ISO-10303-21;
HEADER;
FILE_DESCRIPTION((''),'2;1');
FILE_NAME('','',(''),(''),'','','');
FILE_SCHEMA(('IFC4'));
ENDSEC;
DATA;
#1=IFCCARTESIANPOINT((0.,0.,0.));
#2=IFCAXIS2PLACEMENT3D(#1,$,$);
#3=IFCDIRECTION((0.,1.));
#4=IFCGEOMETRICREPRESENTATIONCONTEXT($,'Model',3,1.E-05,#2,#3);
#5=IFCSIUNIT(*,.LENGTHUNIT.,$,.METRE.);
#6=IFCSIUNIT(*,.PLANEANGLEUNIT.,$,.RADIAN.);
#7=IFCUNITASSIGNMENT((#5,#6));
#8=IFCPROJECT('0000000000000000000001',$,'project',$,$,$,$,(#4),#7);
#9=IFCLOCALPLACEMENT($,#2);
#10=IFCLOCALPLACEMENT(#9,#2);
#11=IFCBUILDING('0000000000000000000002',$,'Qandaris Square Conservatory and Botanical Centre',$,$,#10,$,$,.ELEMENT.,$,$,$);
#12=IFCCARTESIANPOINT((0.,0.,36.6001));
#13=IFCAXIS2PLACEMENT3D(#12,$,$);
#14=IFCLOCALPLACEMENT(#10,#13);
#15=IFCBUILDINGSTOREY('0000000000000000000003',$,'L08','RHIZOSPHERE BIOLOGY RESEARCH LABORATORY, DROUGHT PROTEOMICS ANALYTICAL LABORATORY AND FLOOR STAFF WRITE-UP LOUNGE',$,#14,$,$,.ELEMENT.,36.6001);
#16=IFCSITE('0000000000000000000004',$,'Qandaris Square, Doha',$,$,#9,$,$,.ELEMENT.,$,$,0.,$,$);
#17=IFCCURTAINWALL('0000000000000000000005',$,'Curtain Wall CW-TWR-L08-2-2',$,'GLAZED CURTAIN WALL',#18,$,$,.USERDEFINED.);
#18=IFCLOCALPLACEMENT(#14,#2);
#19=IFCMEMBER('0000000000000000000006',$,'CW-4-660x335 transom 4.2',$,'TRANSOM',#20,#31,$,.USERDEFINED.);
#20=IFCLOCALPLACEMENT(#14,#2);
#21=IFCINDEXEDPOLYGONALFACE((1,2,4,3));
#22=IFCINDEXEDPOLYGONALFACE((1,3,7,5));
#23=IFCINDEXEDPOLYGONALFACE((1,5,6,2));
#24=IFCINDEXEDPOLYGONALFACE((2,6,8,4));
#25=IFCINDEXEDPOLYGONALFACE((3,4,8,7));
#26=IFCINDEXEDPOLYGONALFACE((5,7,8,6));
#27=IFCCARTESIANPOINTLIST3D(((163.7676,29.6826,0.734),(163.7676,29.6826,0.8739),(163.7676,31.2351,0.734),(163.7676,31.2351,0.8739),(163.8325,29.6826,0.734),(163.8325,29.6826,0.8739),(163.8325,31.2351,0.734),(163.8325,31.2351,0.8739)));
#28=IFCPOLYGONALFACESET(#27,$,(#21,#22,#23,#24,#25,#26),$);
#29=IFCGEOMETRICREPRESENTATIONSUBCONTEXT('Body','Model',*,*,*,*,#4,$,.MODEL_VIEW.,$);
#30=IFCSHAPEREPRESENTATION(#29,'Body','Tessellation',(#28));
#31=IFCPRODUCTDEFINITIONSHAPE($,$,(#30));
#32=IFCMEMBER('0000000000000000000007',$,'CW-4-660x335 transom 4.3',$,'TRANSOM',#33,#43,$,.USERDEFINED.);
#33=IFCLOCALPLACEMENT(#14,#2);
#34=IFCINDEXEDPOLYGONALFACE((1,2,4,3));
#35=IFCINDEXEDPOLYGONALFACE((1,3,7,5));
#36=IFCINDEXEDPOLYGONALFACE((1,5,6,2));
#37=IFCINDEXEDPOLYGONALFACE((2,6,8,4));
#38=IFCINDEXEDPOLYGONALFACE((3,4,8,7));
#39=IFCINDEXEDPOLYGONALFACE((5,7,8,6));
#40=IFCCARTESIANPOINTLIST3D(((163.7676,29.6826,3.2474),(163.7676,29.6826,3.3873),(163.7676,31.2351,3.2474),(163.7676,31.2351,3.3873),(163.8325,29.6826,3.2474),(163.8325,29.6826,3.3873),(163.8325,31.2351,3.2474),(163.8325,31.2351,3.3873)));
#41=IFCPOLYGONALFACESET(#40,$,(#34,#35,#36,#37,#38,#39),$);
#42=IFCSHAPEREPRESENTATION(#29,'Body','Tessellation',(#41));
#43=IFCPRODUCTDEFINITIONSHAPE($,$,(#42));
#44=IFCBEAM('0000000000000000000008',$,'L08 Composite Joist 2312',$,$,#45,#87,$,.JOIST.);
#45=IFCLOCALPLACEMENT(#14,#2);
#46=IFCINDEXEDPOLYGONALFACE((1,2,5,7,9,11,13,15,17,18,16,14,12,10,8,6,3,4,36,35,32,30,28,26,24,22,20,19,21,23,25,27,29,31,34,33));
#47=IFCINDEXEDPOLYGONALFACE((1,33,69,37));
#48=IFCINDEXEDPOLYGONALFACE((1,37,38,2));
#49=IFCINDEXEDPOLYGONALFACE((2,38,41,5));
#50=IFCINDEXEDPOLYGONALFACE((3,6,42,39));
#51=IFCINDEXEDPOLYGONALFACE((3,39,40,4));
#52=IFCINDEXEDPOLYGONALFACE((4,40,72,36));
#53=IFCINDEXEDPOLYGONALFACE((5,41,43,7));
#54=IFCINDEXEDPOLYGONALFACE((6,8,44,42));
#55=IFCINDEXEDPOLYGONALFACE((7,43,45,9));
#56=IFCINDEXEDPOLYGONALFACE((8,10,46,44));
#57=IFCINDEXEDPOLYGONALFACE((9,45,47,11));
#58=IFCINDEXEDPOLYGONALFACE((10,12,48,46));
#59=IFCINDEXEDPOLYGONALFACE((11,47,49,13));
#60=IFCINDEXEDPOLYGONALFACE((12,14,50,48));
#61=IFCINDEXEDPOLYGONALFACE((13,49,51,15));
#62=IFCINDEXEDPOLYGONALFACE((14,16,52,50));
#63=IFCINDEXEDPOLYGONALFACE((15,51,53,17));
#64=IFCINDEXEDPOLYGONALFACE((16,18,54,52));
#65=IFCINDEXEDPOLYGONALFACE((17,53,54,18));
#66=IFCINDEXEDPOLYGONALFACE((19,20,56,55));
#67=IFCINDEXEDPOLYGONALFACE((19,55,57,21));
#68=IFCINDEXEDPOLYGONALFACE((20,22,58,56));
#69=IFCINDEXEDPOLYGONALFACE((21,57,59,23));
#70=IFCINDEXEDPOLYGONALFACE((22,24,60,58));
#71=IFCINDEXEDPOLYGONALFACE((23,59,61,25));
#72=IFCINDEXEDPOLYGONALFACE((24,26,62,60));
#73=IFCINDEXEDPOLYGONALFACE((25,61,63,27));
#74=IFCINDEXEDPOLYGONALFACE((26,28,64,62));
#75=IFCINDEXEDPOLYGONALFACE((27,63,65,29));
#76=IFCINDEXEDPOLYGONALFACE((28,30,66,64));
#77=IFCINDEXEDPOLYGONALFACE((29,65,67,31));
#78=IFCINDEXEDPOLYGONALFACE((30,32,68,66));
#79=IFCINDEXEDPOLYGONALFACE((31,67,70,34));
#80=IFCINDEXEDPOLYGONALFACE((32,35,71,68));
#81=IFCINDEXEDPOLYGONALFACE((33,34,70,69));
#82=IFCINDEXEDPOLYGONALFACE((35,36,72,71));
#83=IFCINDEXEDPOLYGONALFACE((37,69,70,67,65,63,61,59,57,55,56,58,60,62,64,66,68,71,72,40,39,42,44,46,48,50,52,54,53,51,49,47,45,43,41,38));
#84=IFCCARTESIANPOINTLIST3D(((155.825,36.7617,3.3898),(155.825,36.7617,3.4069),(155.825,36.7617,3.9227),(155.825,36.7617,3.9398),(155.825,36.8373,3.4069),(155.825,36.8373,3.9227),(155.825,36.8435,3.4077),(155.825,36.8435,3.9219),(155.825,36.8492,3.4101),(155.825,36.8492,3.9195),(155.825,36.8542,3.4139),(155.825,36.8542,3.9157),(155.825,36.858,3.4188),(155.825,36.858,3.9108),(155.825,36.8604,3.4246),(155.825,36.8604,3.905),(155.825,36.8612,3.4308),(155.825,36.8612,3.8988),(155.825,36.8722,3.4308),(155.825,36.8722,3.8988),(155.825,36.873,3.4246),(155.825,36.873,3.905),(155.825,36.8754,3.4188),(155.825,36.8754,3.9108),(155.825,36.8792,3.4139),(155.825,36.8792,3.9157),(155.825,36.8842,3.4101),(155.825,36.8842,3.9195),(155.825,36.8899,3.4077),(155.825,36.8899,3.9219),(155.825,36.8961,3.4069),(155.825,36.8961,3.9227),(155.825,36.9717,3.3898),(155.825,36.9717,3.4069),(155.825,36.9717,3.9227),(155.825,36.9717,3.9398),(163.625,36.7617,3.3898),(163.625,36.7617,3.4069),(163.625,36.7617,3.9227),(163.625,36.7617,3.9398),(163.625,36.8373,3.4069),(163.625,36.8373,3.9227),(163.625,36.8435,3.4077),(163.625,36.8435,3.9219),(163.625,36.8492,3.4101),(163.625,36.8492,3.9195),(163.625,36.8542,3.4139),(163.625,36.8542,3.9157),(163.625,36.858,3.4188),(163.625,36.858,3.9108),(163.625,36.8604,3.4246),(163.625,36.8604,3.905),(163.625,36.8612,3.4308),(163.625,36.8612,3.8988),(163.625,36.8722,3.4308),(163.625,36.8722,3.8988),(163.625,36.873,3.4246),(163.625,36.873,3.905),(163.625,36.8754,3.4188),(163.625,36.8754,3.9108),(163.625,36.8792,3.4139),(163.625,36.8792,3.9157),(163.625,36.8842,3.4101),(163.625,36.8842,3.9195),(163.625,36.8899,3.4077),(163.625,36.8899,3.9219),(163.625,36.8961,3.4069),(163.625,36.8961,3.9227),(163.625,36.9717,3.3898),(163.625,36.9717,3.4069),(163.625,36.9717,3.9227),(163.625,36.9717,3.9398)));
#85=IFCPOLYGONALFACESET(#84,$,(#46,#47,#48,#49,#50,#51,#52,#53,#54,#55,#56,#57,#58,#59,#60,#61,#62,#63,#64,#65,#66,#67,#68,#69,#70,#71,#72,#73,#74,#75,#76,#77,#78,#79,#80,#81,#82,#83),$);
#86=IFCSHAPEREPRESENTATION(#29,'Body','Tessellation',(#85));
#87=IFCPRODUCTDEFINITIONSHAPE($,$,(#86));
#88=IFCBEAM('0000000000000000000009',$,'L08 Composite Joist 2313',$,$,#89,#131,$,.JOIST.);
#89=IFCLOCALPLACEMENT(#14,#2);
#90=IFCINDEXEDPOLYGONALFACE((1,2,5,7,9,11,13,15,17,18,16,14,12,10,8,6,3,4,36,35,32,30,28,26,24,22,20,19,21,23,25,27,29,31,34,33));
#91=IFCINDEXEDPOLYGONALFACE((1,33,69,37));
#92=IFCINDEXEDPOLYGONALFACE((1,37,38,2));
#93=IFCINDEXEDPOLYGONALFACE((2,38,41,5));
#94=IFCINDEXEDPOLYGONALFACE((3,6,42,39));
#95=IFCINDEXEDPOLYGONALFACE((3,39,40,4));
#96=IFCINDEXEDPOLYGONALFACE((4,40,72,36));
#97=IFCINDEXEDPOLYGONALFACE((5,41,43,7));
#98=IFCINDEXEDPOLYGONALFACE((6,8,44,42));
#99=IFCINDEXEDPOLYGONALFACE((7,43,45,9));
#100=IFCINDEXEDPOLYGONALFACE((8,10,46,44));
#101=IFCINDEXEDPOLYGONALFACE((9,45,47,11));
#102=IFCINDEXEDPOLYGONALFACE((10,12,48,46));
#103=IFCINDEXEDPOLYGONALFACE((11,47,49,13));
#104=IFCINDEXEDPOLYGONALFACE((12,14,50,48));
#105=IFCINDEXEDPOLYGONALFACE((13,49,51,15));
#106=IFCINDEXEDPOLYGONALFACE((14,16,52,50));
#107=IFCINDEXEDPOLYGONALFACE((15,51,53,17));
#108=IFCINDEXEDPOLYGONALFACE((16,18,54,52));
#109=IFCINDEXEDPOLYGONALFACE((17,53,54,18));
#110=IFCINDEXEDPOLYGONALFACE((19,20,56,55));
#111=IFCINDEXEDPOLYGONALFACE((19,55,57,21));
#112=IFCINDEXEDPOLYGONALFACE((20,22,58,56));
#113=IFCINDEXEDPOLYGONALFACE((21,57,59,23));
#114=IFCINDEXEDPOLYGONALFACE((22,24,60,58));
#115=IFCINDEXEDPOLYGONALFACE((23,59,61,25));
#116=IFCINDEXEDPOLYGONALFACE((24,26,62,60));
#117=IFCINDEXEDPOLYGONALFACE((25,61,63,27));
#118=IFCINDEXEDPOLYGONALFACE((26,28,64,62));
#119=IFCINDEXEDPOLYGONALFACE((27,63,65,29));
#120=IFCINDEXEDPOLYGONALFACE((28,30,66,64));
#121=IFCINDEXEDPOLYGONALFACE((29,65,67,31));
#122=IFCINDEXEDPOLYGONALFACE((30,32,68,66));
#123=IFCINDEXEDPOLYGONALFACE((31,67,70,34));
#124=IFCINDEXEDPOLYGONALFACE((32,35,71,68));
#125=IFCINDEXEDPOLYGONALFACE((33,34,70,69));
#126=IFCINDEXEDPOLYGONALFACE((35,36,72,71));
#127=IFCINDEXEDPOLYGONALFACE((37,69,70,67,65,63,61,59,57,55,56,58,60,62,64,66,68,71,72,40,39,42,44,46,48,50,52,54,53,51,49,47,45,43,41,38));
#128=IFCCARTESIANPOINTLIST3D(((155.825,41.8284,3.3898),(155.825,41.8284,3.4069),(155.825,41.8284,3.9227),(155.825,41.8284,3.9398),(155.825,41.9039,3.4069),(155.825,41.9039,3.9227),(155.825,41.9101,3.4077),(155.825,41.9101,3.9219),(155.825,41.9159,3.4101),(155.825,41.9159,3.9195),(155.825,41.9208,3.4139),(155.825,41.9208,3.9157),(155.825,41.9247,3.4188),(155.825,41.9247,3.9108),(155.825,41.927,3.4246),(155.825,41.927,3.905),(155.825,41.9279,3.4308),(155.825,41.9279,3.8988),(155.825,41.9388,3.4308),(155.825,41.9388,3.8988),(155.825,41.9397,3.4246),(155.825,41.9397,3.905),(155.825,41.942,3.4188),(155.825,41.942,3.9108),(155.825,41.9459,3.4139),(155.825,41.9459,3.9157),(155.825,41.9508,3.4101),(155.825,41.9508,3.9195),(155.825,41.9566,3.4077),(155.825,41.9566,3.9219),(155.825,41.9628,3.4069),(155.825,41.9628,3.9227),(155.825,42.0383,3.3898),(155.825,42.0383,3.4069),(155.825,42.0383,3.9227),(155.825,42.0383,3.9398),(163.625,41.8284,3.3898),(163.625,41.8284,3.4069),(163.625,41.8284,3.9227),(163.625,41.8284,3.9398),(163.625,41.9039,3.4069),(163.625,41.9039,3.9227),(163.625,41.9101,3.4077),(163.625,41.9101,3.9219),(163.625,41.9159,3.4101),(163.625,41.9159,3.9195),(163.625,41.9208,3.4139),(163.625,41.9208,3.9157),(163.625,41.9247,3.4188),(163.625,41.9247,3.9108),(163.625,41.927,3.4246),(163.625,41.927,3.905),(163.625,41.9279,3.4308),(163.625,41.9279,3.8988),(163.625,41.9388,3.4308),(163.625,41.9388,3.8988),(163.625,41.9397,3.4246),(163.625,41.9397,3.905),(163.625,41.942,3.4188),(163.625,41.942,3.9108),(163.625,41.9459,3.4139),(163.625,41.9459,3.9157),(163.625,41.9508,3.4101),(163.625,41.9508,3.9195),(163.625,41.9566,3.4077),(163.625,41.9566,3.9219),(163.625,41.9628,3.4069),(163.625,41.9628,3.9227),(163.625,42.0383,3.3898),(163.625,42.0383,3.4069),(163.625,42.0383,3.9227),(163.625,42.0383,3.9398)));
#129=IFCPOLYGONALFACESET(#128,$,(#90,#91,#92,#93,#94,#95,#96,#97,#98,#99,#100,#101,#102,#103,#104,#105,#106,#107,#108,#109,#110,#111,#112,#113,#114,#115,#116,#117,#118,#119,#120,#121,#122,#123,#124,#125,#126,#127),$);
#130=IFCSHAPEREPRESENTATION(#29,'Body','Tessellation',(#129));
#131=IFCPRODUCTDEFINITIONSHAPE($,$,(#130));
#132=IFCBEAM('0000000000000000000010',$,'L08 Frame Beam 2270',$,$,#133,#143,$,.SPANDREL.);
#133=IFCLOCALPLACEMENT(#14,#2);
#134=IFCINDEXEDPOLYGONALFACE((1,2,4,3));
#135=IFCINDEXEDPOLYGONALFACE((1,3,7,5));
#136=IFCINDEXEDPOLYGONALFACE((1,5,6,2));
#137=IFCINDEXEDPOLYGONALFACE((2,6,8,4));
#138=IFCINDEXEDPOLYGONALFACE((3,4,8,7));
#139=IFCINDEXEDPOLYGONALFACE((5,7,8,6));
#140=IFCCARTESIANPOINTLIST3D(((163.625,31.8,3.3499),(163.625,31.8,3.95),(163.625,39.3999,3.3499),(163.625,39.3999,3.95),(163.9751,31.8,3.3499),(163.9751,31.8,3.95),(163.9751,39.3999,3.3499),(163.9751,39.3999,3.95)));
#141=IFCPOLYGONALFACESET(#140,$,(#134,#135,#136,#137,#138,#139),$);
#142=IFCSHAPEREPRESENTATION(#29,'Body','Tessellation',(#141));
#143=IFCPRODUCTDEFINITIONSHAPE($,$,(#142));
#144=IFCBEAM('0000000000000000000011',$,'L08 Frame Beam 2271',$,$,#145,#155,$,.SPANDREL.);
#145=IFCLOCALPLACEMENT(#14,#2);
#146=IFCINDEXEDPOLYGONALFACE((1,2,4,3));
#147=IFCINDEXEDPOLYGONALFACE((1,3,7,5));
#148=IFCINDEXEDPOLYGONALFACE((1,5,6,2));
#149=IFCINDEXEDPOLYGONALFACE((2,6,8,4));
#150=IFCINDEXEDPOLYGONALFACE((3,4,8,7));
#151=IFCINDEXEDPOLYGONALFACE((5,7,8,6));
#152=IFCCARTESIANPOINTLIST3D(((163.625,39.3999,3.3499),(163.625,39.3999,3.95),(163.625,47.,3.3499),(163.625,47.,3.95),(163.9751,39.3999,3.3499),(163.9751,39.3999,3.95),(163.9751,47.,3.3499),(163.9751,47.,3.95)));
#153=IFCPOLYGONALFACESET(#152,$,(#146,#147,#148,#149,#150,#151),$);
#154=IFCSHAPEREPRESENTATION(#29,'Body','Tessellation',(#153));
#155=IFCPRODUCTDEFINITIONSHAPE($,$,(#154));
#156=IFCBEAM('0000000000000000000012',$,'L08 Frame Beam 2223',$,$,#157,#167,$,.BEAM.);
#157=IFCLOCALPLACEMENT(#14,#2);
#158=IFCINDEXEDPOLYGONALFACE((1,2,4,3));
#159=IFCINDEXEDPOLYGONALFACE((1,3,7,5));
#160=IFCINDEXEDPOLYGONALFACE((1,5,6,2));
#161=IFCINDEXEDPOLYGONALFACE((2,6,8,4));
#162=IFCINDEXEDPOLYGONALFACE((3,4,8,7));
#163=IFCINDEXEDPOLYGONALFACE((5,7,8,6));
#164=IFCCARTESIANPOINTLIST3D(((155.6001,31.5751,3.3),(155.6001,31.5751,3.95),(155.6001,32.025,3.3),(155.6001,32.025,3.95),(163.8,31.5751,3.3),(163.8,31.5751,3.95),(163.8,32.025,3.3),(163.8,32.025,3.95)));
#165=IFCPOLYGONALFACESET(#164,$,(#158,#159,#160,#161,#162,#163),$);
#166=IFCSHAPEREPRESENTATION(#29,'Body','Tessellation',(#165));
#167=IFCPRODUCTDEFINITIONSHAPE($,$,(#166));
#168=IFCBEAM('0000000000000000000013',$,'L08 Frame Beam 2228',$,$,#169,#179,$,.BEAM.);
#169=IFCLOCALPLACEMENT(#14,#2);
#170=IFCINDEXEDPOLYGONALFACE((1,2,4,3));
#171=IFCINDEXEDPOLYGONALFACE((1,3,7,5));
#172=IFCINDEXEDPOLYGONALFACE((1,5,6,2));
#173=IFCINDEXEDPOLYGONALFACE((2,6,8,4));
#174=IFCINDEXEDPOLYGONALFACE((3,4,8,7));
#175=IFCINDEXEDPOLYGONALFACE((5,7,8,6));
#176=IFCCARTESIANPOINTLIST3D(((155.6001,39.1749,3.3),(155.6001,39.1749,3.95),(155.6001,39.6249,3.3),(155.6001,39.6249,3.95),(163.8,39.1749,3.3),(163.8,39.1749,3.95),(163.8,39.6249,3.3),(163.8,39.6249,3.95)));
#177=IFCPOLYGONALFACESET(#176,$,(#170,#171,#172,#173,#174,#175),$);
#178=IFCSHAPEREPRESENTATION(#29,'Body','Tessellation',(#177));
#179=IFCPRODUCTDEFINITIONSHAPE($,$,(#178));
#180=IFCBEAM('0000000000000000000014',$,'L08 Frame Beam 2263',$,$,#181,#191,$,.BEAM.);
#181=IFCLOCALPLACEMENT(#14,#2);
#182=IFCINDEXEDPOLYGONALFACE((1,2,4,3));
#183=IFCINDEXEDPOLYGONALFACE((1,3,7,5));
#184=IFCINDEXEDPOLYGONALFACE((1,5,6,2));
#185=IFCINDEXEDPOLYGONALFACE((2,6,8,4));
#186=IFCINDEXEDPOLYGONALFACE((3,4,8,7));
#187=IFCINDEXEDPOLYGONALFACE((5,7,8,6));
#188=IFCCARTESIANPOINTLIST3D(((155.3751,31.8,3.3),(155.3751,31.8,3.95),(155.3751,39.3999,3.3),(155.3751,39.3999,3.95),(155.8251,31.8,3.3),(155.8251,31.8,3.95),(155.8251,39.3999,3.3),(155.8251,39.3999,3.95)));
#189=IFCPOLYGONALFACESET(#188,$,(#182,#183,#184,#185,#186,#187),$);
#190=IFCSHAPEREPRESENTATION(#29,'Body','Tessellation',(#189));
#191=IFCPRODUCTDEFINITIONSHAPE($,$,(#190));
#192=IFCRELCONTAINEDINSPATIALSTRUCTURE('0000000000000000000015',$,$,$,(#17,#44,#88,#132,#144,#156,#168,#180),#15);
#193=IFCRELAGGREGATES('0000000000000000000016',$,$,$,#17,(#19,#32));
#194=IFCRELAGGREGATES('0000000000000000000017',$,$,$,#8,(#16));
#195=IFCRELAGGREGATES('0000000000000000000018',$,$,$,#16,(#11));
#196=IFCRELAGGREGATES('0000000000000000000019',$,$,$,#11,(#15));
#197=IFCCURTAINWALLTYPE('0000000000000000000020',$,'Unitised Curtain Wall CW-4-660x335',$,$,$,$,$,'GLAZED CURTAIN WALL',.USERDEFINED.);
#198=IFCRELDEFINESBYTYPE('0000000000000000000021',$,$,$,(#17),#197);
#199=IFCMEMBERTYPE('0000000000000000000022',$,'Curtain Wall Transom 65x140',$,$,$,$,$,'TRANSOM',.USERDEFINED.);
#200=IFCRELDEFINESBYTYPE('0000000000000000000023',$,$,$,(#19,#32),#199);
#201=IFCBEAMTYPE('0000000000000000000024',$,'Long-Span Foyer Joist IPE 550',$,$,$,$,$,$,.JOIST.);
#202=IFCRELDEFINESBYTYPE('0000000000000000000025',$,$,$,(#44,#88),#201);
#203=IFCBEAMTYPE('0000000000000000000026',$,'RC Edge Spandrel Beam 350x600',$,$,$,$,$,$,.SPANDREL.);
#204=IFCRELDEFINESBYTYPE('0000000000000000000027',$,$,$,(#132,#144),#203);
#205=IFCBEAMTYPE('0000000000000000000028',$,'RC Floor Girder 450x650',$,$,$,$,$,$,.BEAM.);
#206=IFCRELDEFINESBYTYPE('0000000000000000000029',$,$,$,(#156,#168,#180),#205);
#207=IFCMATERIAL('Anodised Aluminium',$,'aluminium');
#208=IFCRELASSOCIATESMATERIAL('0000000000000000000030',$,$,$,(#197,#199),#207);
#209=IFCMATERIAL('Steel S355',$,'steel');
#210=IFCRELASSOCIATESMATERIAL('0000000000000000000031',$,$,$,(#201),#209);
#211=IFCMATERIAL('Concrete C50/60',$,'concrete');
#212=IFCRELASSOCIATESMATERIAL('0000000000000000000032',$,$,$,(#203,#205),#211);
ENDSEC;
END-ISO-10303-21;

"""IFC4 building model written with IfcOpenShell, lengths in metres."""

from ifc_helpers import new_model, si_unit, direction, frame, origin, origin_2d, place, context, subcontext, project, spatial, rectangle, i_section, extrude, material, material_profile, profile_set, type_object, element, aggregate, save


model = new_model("IFC4")

# Units and contexts
model_context = context("Model", 3, precision=1e-05, world=origin(), true_north=direction((0.0, 1.0)))
body_context = subcontext(model_context, "Body", "Model", "MODEL_VIEW")
ifc_project = project(units=[si_unit("LENGTHUNIT", "METRE"), si_unit("PLANEANGLEUNIT", "RADIAN")], contexts=[model_context])

# Site, building, storey
site_placement = place(None, origin())
site = spatial("IfcSite", under=ifc_project, at=site_placement, Name="Qandaris Square, Doha", CompositionType="ELEMENT", RefElevation=0.0)
building_placement = place(site_placement, origin())
building = spatial("IfcBuilding", under=site, at=building_placement, Name="Qandaris Square Conservatory and Botanical Centre", CompositionType="ELEMENT")
storey_placement = place(building_placement, frame((0.0, 0.0, 36.6001)))
storey = spatial("IfcBuildingStorey", under=building, at=storey_placement, Name="L08", Description="RHIZOSPHERE BIOLOGY RESEARCH LABORATORY, DROUGHT PROTEOMICS ANALYTICAL LABORATORY AND FLOOR STAFF WRITE-UP LOUNGE", CompositionType="ELEMENT", Elevation=36.6001)

# Shared definitions
ifc_material_1 = material(Name="Concrete C50/60", Category="concrete")

# Shared definitions
ifc_material_2 = material(Name="Steel S355", Category="steel")

# Curtain wall, members
ifc_material_3 = material(Name="Anodised Aluminium", Category="aluminium")
curtain_wall_type = type_object("IfcCurtainWallType", Name="Unitised Curtain Wall CW-4-660x335", ElementType="GLAZED CURTAIN WALL", PredefinedType="USERDEFINED", material=ifc_material_3)
curtain_wall_placement = place(storey_placement, origin())
curtain_wall = element("IfcCurtainWall", 1, at=curtain_wall_placement, inside=storey, type_object=curtain_wall_type, Name="Curtain Wall CW-TWR-L08-2-2", ObjectType="GLAZED CURTAIN WALL", PredefinedType="USERDEFINED")
ifc_material_profile_1 = material_profile(ifc_material_3, rectangle(XDim=0.0649, YDim=0.1399, at=origin_2d()), Name="ALU-TRN 65x140")
ifc_profile_set_1 = profile_set([ifc_material_profile_1], Name="Anodised Aluminium")
member_type_1 = type_object("IfcMemberType", Name="Curtain Wall Transom 65x140", ElementType="TRANSOM", PredefinedType="USERDEFINED", material=ifc_profile_set_1)
member_1_placement = place(storey_placement, frame((163.8, 29.6826, 0.804), z_axis=(0.0, 1.0, 0.0), x_axis=(-1.0, 0.0, 0.0)))
member_1 = element("IfcMember", 2, at=member_1_placement, type_object=member_type_1, Name="CW-4-660x335 transom 4.2", ObjectType="TRANSOM", PredefinedType="USERDEFINED", context=body_context, shape_type="SweptSolid", body=[
    extrude(rectangle(XDim=0.0649, YDim=0.1399, at=origin_2d()), origin(), (0.0, 0.0, 1.0), 1.5525),
])
member_2_placement = place(storey_placement, frame((163.8, 29.6826, 3.3174), z_axis=(0.0, 1.0, 0.0), x_axis=(-1.0, 0.0, 0.0)))
member_2 = element("IfcMember", 3, at=member_2_placement, type_object=member_type_1, Name="CW-4-660x335 transom 4.3", ObjectType="TRANSOM", PredefinedType="USERDEFINED", context=body_context, shape_type="SweptSolid", body=[
    extrude(rectangle(XDim=0.0649, YDim=0.1399, at=origin_2d()), origin(), (0.0, 0.0, 1.0), 1.5525),
])

# Beams
ifc_material_profile_2 = material_profile(ifc_material_2, i_section(OverallWidth=0.21, OverallDepth=0.55, WebThickness=0.011, FlangeThickness=0.0171, FilletRadius=0.0239, at=origin_2d()), Name="IPE 550")
ifc_profile_set_2 = profile_set([ifc_material_profile_2], Name="Steel S355")
beam_type_1 = type_object("IfcBeamType", Name="Long-Span Foyer Joist IPE 550", PredefinedType="JOIST", material=ifc_profile_set_2)
for number, where, z_axis, x_axis, name in (
    (4, (155.825, 36.8667, 3.6648), (1.0, 0.0, 0.0), (0.0, 1.0, 0.0), "L08 Composite Joist 2312"),
    (5, (155.825, 41.9333, 3.6648), (1.0, 0.0, 0.0), (0.0, 1.0, 0.0), "L08 Composite Joist 2313"),
):
    element("IfcBeam", number, at=place(storey_placement, frame(where, z_axis=z_axis, x_axis=x_axis)), inside=storey, type_object=beam_type_1, Name=name, PredefinedType="JOIST", context=body_context, shape_type="SweptSolid", body=[
        extrude(i_section(OverallWidth=0.21, OverallDepth=0.55, WebThickness=0.011, FlangeThickness=0.0171, FilletRadius=0.0239, at=origin_2d()), origin(), (0.0, 0.0, 1.0), 7.8),
    ])
ifc_material_profile_3 = material_profile(ifc_material_1, rectangle(XDim=0.3501, YDim=0.6001, at=origin_2d()), Name="RC-SP 350x600")
ifc_profile_set_3 = profile_set([ifc_material_profile_3], Name="Concrete C50/60")
beam_type_2 = type_object("IfcBeamType", Name="RC Edge Spandrel Beam 350x600", PredefinedType="SPANDREL", material=ifc_profile_set_3)
beam_1_placement = place(storey_placement, frame((163.8, 31.8, 3.6499), z_axis=(0.0, 1.0, 0.0), x_axis=(-1.0, 0.0, 0.0)))
element("IfcBeam", 6, at=beam_1_placement, inside=storey, type_object=beam_type_2, Name="L08 Frame Beam 2270", PredefinedType="SPANDREL", context=body_context, shape_type="SweptSolid", body=[
    extrude(rectangle(XDim=0.3501, YDim=0.6001, at=origin_2d()), origin(), (0.0, 0.0, 1.0), 7.5999),
])
beam_2_placement = place(storey_placement, frame((163.8, 39.3999, 3.6499), z_axis=(0.0, 1.0, 0.0), x_axis=(-1.0, 0.0, 0.0)))
element("IfcBeam", 7, at=beam_2_placement, inside=storey, type_object=beam_type_2, Name="L08 Frame Beam 2271", PredefinedType="SPANDREL", context=body_context, shape_type="SweptSolid", body=[
    extrude(rectangle(XDim=0.3501, YDim=0.6001, at=origin_2d()), origin(), (0.0, 0.0, 1.0), 7.6001),
])
ifc_material_profile_4 = material_profile(ifc_material_1, rectangle(XDim=0.45, YDim=0.6499, at=origin_2d()), Name="RC-BM 450x650")
ifc_profile_set_4 = profile_set([ifc_material_profile_4], Name="Concrete C50/60")
beam_type_3 = type_object("IfcBeamType", Name="RC Floor Girder 450x650", PredefinedType="BEAM", material=ifc_profile_set_4)
for number, where, z_axis, x_axis, name in (
    (8, (155.6001, 31.8, 3.625), (1.0, 0.0, 0.0), (0.0, 1.0, 0.0), "L08 Frame Beam 2223"),
    (9, (155.6001, 39.3999, 3.625), (1.0, 0.0, 0.0), (0.0, 1.0, 0.0), "L08 Frame Beam 2228"),
):
    element("IfcBeam", number, at=place(storey_placement, frame(where, z_axis=z_axis, x_axis=x_axis)), inside=storey, type_object=beam_type_3, Name=name, PredefinedType="BEAM", context=body_context, shape_type="SweptSolid", body=[
        extrude(rectangle(XDim=0.45, YDim=0.6499, at=origin_2d()), origin(), (0.0, 0.0, 1.0), 8.2),
    ])
beam_3_placement = place(storey_placement, frame((155.6001, 31.8, 3.625), z_axis=(0.0, 1.0, 0.0), x_axis=(-1.0, 0.0, 0.0)))
element("IfcBeam", 10, at=beam_3_placement, inside=storey, type_object=beam_type_3, Name="L08 Frame Beam 2263", PredefinedType="BEAM", context=body_context, shape_type="SweptSolid", body=[
    extrude(rectangle(XDim=0.45, YDim=0.6499, at=origin_2d()), origin(), (0.0, 0.0, 1.0), 7.5999),
])

aggregate(curtain_wall, [member_1, member_2])

save(model, "model.ifc")
